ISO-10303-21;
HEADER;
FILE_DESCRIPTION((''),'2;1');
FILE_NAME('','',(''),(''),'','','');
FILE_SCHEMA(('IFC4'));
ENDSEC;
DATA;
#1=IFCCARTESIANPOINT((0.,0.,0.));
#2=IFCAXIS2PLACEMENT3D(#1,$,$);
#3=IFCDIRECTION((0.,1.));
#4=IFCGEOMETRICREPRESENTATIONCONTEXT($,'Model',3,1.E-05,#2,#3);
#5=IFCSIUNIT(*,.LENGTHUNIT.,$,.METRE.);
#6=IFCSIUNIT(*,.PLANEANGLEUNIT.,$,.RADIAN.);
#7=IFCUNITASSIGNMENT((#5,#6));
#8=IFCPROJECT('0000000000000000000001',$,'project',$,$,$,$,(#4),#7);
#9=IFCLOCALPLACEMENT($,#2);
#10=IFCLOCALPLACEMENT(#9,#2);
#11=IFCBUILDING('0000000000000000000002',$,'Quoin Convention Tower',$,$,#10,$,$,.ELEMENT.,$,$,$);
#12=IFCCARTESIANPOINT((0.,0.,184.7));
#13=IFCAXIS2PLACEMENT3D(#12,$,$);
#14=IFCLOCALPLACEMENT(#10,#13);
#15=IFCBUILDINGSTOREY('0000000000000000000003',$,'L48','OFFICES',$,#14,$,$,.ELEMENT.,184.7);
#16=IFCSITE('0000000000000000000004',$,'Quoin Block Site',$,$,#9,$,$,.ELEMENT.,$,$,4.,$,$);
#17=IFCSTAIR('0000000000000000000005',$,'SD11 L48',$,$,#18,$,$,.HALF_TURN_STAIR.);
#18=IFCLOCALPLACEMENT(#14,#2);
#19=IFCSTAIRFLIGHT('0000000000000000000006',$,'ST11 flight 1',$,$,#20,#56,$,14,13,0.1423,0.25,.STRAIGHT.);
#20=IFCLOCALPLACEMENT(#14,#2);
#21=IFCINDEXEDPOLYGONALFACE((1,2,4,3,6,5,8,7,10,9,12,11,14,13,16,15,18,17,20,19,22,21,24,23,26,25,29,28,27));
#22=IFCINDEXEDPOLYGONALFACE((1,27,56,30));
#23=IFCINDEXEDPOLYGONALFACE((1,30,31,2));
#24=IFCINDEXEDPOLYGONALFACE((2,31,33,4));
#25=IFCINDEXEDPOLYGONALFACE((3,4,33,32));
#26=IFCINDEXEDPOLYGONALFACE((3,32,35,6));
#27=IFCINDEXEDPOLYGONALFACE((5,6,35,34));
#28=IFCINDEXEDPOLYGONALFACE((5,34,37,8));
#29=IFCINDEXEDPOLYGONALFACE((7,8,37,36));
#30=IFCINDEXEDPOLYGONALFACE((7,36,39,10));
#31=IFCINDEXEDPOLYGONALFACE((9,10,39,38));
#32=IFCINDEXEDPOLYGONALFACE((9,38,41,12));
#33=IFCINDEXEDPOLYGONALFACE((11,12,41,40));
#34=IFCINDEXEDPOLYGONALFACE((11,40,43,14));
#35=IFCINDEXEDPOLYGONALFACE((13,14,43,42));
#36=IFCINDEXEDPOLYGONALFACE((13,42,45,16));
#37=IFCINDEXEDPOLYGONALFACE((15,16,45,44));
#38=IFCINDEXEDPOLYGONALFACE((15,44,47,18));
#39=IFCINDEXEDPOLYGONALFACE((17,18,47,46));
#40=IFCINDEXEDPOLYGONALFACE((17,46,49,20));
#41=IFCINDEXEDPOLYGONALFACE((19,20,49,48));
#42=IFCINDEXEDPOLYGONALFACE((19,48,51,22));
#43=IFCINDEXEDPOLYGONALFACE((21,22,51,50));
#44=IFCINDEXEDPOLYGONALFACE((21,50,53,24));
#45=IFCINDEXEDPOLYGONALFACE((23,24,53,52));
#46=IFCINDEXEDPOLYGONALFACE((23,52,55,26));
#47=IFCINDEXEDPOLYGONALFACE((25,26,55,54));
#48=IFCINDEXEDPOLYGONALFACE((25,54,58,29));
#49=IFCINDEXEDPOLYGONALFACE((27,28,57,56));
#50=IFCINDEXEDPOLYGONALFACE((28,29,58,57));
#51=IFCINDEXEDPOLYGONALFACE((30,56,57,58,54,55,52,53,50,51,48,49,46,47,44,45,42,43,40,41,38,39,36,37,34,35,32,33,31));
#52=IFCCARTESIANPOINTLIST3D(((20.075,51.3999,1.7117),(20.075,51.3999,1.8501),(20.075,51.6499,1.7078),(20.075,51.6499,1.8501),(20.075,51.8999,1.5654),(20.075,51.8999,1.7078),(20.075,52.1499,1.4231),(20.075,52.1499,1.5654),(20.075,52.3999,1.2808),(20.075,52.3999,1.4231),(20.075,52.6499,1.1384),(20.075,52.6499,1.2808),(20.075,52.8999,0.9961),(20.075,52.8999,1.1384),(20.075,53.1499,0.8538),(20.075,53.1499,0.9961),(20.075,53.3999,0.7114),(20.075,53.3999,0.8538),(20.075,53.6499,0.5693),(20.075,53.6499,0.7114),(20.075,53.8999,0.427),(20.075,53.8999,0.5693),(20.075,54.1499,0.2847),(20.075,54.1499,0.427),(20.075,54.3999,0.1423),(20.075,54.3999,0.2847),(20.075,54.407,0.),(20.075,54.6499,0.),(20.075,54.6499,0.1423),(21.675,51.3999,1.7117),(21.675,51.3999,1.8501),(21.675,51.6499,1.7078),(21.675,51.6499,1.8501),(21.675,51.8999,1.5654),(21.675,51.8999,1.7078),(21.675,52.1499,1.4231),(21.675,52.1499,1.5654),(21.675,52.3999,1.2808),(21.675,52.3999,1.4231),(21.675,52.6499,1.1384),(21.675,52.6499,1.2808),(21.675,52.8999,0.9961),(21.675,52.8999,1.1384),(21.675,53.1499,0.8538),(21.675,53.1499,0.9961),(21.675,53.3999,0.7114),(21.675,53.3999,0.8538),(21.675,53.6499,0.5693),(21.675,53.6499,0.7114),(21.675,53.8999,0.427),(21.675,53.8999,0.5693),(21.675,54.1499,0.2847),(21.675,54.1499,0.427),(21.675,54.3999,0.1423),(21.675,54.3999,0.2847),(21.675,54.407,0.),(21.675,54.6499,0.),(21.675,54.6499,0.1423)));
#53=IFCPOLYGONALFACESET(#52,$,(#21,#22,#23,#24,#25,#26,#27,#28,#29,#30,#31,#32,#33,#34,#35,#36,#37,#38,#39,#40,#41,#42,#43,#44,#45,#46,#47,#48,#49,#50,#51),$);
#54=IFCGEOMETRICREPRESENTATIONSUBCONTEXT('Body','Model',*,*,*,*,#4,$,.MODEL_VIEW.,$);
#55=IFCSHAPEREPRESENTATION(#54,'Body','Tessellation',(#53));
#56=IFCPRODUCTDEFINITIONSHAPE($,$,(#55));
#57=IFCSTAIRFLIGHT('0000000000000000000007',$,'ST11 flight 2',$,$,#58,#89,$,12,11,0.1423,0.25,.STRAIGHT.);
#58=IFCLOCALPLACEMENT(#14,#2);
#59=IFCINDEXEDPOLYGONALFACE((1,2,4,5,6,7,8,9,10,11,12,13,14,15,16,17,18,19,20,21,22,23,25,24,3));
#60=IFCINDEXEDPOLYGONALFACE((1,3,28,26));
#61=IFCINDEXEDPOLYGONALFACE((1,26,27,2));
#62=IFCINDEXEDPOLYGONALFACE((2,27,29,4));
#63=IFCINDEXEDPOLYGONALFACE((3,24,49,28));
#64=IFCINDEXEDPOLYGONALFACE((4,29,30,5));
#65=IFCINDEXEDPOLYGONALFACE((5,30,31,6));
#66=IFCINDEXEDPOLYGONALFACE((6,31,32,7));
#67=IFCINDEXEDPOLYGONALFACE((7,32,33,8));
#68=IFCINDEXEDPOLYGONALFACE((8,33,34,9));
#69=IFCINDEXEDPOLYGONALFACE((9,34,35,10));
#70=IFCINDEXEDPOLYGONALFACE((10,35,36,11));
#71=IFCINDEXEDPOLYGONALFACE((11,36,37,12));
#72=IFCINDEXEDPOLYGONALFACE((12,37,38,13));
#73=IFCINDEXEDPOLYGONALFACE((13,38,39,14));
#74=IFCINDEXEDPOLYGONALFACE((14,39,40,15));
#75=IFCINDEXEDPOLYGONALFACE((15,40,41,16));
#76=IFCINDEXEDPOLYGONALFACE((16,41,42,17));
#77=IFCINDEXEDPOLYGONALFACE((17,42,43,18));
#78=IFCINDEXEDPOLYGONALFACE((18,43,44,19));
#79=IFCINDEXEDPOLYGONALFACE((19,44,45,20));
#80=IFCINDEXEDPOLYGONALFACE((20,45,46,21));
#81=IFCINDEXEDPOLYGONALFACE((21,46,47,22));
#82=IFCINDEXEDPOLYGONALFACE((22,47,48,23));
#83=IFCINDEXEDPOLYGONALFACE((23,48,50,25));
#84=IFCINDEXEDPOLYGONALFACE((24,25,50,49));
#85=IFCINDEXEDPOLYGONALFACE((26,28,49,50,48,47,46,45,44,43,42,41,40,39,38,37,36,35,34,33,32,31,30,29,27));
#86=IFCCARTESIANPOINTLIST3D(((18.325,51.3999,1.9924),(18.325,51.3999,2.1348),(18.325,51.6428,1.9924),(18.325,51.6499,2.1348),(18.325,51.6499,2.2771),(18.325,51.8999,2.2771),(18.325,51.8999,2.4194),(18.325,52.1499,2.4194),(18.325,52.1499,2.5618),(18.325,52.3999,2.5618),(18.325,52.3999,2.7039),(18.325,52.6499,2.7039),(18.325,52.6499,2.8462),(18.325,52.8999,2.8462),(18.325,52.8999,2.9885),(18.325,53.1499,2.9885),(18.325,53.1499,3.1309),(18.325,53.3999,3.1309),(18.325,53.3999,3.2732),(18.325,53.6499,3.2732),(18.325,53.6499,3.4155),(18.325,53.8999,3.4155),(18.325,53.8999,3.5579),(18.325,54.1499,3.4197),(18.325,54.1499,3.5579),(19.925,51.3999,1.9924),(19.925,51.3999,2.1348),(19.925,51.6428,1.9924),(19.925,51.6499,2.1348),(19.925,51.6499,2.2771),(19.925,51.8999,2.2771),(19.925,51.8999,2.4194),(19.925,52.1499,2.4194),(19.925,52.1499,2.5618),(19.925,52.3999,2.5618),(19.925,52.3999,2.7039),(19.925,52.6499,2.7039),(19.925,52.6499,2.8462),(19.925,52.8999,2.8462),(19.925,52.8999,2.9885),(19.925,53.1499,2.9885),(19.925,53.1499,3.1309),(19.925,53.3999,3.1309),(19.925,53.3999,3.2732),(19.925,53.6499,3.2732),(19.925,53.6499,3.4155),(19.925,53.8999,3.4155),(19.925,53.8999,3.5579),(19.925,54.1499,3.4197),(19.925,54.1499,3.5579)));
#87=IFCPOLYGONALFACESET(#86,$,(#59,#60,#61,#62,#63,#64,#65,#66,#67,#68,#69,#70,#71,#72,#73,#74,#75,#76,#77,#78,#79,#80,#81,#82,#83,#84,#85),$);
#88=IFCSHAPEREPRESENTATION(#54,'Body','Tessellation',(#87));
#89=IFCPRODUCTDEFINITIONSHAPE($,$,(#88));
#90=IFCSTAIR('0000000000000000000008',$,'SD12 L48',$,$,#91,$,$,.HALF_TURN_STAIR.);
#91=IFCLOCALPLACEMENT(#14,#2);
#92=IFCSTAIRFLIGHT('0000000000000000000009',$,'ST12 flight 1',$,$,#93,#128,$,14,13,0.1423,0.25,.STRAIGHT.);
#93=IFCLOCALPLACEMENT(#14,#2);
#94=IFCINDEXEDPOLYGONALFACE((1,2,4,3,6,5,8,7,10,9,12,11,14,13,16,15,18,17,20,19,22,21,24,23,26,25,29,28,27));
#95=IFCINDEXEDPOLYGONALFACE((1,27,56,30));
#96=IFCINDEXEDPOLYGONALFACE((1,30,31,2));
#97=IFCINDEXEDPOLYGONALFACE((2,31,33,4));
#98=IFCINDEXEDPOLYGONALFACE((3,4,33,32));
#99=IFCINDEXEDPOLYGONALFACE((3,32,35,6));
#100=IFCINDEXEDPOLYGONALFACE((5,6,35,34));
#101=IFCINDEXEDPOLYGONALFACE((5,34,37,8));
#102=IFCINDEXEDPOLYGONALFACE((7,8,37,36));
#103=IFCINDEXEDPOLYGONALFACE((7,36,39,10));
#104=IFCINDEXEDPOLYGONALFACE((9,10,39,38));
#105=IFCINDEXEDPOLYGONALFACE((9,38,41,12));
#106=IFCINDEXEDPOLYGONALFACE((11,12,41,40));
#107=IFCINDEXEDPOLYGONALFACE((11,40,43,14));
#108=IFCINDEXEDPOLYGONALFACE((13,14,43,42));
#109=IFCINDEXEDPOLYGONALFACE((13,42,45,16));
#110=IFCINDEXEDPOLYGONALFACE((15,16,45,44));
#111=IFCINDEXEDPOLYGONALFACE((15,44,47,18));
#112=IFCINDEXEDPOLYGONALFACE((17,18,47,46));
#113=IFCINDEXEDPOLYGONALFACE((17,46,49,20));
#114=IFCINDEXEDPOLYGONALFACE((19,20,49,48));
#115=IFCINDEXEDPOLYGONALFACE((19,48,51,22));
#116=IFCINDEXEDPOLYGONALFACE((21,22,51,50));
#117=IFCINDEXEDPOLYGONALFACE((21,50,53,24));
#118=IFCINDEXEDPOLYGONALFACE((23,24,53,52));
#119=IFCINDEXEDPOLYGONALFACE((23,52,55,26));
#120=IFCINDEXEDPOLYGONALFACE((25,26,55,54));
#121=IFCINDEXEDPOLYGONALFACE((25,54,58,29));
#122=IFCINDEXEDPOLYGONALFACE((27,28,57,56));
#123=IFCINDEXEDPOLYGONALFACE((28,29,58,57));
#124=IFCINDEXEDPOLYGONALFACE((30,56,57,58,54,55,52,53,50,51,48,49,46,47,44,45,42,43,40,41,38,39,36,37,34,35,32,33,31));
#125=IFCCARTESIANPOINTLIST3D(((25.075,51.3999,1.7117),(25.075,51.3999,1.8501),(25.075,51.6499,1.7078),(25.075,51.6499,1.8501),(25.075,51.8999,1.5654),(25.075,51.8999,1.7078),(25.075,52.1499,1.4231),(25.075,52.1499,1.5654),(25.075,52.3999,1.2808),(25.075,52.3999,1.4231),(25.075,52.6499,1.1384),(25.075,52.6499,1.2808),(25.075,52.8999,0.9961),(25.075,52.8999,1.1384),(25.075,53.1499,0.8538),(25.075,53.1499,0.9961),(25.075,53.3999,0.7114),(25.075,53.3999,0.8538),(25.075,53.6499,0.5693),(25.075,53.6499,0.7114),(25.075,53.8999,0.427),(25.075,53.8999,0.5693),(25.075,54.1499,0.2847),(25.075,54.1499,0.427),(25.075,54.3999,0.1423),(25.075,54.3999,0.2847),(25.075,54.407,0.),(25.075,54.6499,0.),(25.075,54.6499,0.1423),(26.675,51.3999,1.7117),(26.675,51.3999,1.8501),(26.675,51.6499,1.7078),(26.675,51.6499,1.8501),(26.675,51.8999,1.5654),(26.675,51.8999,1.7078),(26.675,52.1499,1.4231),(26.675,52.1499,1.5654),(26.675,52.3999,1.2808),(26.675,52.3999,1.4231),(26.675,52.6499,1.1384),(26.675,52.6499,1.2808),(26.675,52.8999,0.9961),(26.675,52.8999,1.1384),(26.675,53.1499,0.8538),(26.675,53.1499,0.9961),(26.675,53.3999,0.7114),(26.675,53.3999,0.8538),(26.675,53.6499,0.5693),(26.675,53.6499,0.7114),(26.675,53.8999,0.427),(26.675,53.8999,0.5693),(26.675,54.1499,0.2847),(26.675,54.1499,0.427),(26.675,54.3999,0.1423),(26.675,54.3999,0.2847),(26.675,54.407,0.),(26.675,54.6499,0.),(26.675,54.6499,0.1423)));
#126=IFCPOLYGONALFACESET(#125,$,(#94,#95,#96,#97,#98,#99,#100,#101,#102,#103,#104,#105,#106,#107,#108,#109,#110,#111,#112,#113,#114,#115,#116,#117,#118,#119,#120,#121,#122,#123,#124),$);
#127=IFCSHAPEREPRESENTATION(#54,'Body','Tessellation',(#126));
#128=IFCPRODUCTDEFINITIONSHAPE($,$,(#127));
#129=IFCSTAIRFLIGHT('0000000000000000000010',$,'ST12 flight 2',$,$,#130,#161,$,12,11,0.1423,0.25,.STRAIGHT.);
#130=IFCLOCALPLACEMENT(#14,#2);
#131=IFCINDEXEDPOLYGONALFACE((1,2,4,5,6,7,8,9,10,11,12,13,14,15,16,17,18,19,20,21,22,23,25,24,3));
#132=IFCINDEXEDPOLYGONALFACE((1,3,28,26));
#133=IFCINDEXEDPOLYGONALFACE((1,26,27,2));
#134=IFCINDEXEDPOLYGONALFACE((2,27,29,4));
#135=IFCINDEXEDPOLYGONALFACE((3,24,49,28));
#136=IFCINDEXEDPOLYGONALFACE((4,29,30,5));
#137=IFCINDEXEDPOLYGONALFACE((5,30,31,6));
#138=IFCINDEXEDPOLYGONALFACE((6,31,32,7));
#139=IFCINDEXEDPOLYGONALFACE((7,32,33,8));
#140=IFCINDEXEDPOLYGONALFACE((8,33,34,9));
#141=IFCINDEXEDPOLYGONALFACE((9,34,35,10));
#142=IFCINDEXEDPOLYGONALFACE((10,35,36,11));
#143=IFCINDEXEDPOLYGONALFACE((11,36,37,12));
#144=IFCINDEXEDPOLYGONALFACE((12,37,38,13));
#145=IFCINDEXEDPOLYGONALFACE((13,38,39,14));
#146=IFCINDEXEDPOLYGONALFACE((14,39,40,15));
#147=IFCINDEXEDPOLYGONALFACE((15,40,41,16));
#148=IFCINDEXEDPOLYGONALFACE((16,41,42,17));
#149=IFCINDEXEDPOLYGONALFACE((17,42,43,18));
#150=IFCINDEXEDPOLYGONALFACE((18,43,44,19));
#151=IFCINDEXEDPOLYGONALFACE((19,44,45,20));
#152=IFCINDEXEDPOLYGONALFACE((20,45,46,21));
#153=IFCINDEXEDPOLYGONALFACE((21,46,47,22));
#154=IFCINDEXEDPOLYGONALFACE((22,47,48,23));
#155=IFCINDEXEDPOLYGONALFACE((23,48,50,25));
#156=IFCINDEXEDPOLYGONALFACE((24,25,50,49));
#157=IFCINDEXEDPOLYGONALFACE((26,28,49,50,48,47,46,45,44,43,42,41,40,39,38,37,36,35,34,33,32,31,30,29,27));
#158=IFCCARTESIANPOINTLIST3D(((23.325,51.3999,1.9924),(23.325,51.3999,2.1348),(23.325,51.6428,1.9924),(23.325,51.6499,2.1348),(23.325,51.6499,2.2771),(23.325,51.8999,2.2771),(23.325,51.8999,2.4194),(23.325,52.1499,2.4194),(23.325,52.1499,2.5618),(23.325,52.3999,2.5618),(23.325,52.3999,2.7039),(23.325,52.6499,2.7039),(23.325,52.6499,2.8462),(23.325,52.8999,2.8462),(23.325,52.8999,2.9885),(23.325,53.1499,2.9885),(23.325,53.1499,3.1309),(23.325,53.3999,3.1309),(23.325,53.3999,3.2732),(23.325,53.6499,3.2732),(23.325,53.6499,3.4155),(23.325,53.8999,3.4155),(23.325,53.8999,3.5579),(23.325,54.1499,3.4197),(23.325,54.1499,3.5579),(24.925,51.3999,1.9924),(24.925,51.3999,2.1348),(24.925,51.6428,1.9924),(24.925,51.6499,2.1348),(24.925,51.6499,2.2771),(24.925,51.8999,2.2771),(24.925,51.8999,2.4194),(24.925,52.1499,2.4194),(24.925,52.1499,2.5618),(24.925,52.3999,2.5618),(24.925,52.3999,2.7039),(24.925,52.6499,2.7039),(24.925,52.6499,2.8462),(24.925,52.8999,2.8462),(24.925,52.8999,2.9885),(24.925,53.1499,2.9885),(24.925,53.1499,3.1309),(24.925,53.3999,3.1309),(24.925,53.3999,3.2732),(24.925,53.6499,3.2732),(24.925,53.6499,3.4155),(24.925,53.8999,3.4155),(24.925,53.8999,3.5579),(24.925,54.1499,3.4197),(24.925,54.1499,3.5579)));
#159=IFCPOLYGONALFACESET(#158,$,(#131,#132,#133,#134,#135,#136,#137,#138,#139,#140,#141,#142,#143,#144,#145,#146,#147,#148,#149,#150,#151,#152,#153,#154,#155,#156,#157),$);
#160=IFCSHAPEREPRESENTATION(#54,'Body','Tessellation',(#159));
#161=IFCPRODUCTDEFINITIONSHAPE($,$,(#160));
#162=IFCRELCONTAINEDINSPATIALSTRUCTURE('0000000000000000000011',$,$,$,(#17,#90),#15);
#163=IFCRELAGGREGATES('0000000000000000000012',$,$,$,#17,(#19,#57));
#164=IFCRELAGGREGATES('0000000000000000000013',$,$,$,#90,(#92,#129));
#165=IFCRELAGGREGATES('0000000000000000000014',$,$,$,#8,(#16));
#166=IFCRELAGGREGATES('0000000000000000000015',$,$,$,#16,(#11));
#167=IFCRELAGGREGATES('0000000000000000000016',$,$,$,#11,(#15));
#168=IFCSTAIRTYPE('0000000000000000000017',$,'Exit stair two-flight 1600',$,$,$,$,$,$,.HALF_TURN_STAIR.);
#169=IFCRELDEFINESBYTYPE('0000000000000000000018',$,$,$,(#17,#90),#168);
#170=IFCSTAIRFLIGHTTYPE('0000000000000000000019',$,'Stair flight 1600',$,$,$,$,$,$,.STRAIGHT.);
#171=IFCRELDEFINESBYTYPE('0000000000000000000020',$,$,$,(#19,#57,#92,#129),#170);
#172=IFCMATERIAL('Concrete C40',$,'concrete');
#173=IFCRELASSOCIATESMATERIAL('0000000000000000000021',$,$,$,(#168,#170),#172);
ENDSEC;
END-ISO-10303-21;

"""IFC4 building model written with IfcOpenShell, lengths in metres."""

from ifc_helpers import new_model, si_unit, direction, frame, origin, place, context, subcontext, project, spatial, polyline, outline, extrude, material, type_object, element, aggregate, save


model = new_model("IFC4")

# Units and contexts
model_context = context("Model", 3, precision=1e-05, world=origin(), true_north=direction((0.0, 1.0)))
body_context = subcontext(model_context, "Body", "Model", "MODEL_VIEW")
ifc_project = project(units=[si_unit("LENGTHUNIT", "METRE"), si_unit("PLANEANGLEUNIT", "RADIAN")], contexts=[model_context])

# Site, building, storey
site_placement = place(None, origin())
site = spatial("IfcSite", under=ifc_project, at=site_placement, Name="Quoin Block Site", CompositionType="ELEMENT", RefElevation=4.0)
building_placement = place(site_placement, origin())
building = spatial("IfcBuilding", under=site, at=building_placement, Name="Quoin Convention Tower", CompositionType="ELEMENT")
storey_placement = place(building_placement, frame((0.0, 0.0, 184.7)))
storey = spatial("IfcBuildingStorey", under=building, at=storey_placement, Name="L48", Description="OFFICES", CompositionType="ELEMENT", Elevation=184.7)

# Stairs, stair flights
ifc_material_1 = material(Name="Concrete C40", Category="concrete")
stair_type = type_object("IfcStairType", Name="Exit stair two-flight 1600", PredefinedType="HALF_TURN_STAIR", material=ifc_material_1)
stair_1_placement = place(storey_placement, origin())
stair_1 = element("IfcStair", 1, at=stair_1_placement, inside=storey, type_object=stair_type, Name="SD11 L48", PredefinedType="HALF_TURN_STAIR")
stair_flight_type = type_object("IfcStairFlightType", Name="Stair flight 1600", PredefinedType="STRAIGHT", material=ifc_material_1)
stair_flight_1_placement = place(storey_placement, frame((20.875, 54.6499, 0.0), z_axis=(0.0, 0.0, 1.0), x_axis=(0.0, -1.0, 0.0)))
stair_flight_1 = element("IfcStairFlight", 2, at=stair_flight_1_placement, type_object=stair_flight_type, Name="ST11 flight 1", NumberOfRisers=14, NumberOfTreads=13, PredefinedType="STRAIGHT", RiserHeight=0.1423, TreadLength=0.25, context=body_context, shape_type="SweptSolid", body=[
    extrude(outline(polyline([(0.0, 0.0), (0.0, 0.1423), (0.25, 0.1423), (0.25, 0.2847), (0.5, 0.2847), (0.5, 0.427), (0.75, 0.427), (0.75, 0.5693), (1.0, 0.5693), (1.0, 0.7114), (1.25, 0.7114), (1.25, 0.8538), (1.5, 0.8538), (1.5, 0.9961), (1.75, 0.9961), (1.75, 1.1384), (2.0, 1.1384), (2.0, 1.2808), (2.25, 1.2808), (2.25, 1.4231), (2.5, 1.4231), (2.5, 1.5654), (2.75, 1.5654), (2.75, 1.7078), (3.0, 1.7078), (3.0, 1.8501), (3.25, 1.8501), (3.25, 1.9922), (3.25, 1.7117), (0.2429, 0.0), (0.0, 0.0)])), frame((0.0, 0.8, 0.0), z_axis=(0.0, -1.0, 0.0), x_axis=(1.0, 0.0, 0.0)), (0.0, 0.0, 1.0), 1.6001),
])
stair_flight_2_placement = place(storey_placement, frame((19.125, 51.3999, 1.9924), z_axis=(0.0, 0.0, 1.0), x_axis=(0.0, 1.0, 0.0)))
stair_flight_2 = element("IfcStairFlight", 3, at=stair_flight_2_placement, type_object=stair_flight_type, Name="ST11 flight 2", NumberOfRisers=12, NumberOfTreads=11, PredefinedType="STRAIGHT", RiserHeight=0.1423, TreadLength=0.25, context=body_context, shape_type="SweptSolid", body=[
    extrude(outline(polyline([(0.0, 0.0), (0.0, 0.1423), (0.25, 0.1423), (0.25, 0.2847), (0.5, 0.2847), (0.5, 0.427), (0.75, 0.427), (0.75, 0.5693), (1.0, 0.5693), (1.0, 0.7114), (1.25, 0.7114), (1.25, 0.8538), (1.5, 0.8538), (1.5, 0.9961), (1.75, 0.9961), (1.75, 1.1384), (2.0, 1.1384), (2.0, 1.2808), (2.25, 1.2808), (2.25, 1.4231), (2.5, 1.4231), (2.5, 1.5654), (2.75, 1.5654), (2.75, 1.7078), (2.75, 1.4272), (0.2429, 0.0), (0.0, 0.0)])), frame((0.0, 0.8, 0.0), z_axis=(0.0, -1.0, 0.0), x_axis=(1.0, 0.0, 0.0)), (0.0, 0.0, 1.0), 1.6001),
])
aggregate(stair_1, [stair_flight_1, stair_flight_2])
stair_2_placement = place(storey_placement, origin())
stair_2 = element("IfcStair", 4, at=stair_2_placement, inside=storey, type_object=stair_type, Name="SD12 L48", PredefinedType="HALF_TURN_STAIR")
stair_flight_3_placement = place(storey_placement, frame((25.875, 54.6499, 0.0), z_axis=(0.0, 0.0, 1.0), x_axis=(0.0, -1.0, 0.0)))
stair_flight_3 = element("IfcStairFlight", 5, at=stair_flight_3_placement, type_object=stair_flight_type, Name="ST12 flight 1", NumberOfRisers=14, NumberOfTreads=13, PredefinedType="STRAIGHT", RiserHeight=0.1423, TreadLength=0.25, context=body_context, shape_type="SweptSolid", body=[
    extrude(outline(polyline([(0.0, 0.0), (0.0, 0.1423), (0.25, 0.1423), (0.25, 0.2847), (0.5, 0.2847), (0.5, 0.427), (0.75, 0.427), (0.75, 0.5693), (1.0, 0.5693), (1.0, 0.7114), (1.25, 0.7114), (1.25, 0.8538), (1.5, 0.8538), (1.5, 0.9961), (1.75, 0.9961), (1.75, 1.1384), (2.0, 1.1384), (2.0, 1.2808), (2.25, 1.2808), (2.25, 1.4231), (2.5, 1.4231), (2.5, 1.5654), (2.75, 1.5654), (2.75, 1.7078), (3.0, 1.7078), (3.0, 1.8501), (3.25, 1.8501), (3.25, 1.9922), (3.25, 1.7117), (0.2429, 0.0), (0.0, 0.0)])), frame((0.0, 0.8, 0.0), z_axis=(0.0, -1.0, 0.0), x_axis=(1.0, 0.0, 0.0)), (0.0, 0.0, 1.0), 1.6001),
])
stair_flight_4_placement = place(storey_placement, frame((24.125, 51.3999, 1.9924), z_axis=(0.0, 0.0, 1.0), x_axis=(0.0, 1.0, 0.0)))
stair_flight_4 = element("IfcStairFlight", 6, at=stair_flight_4_placement, type_object=stair_flight_type, Name="ST12 flight 2", NumberOfRisers=12, NumberOfTreads=11, PredefinedType="STRAIGHT", RiserHeight=0.1423, TreadLength=0.25, context=body_context, shape_type="SweptSolid", body=[
    extrude(outline(polyline([(0.0, 0.0), (0.0, 0.1423), (0.25, 0.1423), (0.25, 0.2847), (0.5, 0.2847), (0.5, 0.427), (0.75, 0.427), (0.75, 0.5693), (1.0, 0.5693), (1.0, 0.7114), (1.25, 0.7114), (1.25, 0.8538), (1.5, 0.8538), (1.5, 0.9961), (1.75, 0.9961), (1.75, 1.1384), (2.0, 1.1384), (2.0, 1.2808), (2.25, 1.2808), (2.25, 1.4231), (2.5, 1.4231), (2.5, 1.5654), (2.75, 1.5654), (2.75, 1.7078), (2.75, 1.4272), (0.2429, 0.0), (0.0, 0.0)])), frame((0.0, 0.8, 0.0), z_axis=(0.0, -1.0, 0.0), x_axis=(1.0, 0.0, 0.0)), (0.0, 0.0, 1.0), 1.6001),
])
aggregate(stair_2, [stair_flight_3, stair_flight_4])

save(model, "model.ifc")
